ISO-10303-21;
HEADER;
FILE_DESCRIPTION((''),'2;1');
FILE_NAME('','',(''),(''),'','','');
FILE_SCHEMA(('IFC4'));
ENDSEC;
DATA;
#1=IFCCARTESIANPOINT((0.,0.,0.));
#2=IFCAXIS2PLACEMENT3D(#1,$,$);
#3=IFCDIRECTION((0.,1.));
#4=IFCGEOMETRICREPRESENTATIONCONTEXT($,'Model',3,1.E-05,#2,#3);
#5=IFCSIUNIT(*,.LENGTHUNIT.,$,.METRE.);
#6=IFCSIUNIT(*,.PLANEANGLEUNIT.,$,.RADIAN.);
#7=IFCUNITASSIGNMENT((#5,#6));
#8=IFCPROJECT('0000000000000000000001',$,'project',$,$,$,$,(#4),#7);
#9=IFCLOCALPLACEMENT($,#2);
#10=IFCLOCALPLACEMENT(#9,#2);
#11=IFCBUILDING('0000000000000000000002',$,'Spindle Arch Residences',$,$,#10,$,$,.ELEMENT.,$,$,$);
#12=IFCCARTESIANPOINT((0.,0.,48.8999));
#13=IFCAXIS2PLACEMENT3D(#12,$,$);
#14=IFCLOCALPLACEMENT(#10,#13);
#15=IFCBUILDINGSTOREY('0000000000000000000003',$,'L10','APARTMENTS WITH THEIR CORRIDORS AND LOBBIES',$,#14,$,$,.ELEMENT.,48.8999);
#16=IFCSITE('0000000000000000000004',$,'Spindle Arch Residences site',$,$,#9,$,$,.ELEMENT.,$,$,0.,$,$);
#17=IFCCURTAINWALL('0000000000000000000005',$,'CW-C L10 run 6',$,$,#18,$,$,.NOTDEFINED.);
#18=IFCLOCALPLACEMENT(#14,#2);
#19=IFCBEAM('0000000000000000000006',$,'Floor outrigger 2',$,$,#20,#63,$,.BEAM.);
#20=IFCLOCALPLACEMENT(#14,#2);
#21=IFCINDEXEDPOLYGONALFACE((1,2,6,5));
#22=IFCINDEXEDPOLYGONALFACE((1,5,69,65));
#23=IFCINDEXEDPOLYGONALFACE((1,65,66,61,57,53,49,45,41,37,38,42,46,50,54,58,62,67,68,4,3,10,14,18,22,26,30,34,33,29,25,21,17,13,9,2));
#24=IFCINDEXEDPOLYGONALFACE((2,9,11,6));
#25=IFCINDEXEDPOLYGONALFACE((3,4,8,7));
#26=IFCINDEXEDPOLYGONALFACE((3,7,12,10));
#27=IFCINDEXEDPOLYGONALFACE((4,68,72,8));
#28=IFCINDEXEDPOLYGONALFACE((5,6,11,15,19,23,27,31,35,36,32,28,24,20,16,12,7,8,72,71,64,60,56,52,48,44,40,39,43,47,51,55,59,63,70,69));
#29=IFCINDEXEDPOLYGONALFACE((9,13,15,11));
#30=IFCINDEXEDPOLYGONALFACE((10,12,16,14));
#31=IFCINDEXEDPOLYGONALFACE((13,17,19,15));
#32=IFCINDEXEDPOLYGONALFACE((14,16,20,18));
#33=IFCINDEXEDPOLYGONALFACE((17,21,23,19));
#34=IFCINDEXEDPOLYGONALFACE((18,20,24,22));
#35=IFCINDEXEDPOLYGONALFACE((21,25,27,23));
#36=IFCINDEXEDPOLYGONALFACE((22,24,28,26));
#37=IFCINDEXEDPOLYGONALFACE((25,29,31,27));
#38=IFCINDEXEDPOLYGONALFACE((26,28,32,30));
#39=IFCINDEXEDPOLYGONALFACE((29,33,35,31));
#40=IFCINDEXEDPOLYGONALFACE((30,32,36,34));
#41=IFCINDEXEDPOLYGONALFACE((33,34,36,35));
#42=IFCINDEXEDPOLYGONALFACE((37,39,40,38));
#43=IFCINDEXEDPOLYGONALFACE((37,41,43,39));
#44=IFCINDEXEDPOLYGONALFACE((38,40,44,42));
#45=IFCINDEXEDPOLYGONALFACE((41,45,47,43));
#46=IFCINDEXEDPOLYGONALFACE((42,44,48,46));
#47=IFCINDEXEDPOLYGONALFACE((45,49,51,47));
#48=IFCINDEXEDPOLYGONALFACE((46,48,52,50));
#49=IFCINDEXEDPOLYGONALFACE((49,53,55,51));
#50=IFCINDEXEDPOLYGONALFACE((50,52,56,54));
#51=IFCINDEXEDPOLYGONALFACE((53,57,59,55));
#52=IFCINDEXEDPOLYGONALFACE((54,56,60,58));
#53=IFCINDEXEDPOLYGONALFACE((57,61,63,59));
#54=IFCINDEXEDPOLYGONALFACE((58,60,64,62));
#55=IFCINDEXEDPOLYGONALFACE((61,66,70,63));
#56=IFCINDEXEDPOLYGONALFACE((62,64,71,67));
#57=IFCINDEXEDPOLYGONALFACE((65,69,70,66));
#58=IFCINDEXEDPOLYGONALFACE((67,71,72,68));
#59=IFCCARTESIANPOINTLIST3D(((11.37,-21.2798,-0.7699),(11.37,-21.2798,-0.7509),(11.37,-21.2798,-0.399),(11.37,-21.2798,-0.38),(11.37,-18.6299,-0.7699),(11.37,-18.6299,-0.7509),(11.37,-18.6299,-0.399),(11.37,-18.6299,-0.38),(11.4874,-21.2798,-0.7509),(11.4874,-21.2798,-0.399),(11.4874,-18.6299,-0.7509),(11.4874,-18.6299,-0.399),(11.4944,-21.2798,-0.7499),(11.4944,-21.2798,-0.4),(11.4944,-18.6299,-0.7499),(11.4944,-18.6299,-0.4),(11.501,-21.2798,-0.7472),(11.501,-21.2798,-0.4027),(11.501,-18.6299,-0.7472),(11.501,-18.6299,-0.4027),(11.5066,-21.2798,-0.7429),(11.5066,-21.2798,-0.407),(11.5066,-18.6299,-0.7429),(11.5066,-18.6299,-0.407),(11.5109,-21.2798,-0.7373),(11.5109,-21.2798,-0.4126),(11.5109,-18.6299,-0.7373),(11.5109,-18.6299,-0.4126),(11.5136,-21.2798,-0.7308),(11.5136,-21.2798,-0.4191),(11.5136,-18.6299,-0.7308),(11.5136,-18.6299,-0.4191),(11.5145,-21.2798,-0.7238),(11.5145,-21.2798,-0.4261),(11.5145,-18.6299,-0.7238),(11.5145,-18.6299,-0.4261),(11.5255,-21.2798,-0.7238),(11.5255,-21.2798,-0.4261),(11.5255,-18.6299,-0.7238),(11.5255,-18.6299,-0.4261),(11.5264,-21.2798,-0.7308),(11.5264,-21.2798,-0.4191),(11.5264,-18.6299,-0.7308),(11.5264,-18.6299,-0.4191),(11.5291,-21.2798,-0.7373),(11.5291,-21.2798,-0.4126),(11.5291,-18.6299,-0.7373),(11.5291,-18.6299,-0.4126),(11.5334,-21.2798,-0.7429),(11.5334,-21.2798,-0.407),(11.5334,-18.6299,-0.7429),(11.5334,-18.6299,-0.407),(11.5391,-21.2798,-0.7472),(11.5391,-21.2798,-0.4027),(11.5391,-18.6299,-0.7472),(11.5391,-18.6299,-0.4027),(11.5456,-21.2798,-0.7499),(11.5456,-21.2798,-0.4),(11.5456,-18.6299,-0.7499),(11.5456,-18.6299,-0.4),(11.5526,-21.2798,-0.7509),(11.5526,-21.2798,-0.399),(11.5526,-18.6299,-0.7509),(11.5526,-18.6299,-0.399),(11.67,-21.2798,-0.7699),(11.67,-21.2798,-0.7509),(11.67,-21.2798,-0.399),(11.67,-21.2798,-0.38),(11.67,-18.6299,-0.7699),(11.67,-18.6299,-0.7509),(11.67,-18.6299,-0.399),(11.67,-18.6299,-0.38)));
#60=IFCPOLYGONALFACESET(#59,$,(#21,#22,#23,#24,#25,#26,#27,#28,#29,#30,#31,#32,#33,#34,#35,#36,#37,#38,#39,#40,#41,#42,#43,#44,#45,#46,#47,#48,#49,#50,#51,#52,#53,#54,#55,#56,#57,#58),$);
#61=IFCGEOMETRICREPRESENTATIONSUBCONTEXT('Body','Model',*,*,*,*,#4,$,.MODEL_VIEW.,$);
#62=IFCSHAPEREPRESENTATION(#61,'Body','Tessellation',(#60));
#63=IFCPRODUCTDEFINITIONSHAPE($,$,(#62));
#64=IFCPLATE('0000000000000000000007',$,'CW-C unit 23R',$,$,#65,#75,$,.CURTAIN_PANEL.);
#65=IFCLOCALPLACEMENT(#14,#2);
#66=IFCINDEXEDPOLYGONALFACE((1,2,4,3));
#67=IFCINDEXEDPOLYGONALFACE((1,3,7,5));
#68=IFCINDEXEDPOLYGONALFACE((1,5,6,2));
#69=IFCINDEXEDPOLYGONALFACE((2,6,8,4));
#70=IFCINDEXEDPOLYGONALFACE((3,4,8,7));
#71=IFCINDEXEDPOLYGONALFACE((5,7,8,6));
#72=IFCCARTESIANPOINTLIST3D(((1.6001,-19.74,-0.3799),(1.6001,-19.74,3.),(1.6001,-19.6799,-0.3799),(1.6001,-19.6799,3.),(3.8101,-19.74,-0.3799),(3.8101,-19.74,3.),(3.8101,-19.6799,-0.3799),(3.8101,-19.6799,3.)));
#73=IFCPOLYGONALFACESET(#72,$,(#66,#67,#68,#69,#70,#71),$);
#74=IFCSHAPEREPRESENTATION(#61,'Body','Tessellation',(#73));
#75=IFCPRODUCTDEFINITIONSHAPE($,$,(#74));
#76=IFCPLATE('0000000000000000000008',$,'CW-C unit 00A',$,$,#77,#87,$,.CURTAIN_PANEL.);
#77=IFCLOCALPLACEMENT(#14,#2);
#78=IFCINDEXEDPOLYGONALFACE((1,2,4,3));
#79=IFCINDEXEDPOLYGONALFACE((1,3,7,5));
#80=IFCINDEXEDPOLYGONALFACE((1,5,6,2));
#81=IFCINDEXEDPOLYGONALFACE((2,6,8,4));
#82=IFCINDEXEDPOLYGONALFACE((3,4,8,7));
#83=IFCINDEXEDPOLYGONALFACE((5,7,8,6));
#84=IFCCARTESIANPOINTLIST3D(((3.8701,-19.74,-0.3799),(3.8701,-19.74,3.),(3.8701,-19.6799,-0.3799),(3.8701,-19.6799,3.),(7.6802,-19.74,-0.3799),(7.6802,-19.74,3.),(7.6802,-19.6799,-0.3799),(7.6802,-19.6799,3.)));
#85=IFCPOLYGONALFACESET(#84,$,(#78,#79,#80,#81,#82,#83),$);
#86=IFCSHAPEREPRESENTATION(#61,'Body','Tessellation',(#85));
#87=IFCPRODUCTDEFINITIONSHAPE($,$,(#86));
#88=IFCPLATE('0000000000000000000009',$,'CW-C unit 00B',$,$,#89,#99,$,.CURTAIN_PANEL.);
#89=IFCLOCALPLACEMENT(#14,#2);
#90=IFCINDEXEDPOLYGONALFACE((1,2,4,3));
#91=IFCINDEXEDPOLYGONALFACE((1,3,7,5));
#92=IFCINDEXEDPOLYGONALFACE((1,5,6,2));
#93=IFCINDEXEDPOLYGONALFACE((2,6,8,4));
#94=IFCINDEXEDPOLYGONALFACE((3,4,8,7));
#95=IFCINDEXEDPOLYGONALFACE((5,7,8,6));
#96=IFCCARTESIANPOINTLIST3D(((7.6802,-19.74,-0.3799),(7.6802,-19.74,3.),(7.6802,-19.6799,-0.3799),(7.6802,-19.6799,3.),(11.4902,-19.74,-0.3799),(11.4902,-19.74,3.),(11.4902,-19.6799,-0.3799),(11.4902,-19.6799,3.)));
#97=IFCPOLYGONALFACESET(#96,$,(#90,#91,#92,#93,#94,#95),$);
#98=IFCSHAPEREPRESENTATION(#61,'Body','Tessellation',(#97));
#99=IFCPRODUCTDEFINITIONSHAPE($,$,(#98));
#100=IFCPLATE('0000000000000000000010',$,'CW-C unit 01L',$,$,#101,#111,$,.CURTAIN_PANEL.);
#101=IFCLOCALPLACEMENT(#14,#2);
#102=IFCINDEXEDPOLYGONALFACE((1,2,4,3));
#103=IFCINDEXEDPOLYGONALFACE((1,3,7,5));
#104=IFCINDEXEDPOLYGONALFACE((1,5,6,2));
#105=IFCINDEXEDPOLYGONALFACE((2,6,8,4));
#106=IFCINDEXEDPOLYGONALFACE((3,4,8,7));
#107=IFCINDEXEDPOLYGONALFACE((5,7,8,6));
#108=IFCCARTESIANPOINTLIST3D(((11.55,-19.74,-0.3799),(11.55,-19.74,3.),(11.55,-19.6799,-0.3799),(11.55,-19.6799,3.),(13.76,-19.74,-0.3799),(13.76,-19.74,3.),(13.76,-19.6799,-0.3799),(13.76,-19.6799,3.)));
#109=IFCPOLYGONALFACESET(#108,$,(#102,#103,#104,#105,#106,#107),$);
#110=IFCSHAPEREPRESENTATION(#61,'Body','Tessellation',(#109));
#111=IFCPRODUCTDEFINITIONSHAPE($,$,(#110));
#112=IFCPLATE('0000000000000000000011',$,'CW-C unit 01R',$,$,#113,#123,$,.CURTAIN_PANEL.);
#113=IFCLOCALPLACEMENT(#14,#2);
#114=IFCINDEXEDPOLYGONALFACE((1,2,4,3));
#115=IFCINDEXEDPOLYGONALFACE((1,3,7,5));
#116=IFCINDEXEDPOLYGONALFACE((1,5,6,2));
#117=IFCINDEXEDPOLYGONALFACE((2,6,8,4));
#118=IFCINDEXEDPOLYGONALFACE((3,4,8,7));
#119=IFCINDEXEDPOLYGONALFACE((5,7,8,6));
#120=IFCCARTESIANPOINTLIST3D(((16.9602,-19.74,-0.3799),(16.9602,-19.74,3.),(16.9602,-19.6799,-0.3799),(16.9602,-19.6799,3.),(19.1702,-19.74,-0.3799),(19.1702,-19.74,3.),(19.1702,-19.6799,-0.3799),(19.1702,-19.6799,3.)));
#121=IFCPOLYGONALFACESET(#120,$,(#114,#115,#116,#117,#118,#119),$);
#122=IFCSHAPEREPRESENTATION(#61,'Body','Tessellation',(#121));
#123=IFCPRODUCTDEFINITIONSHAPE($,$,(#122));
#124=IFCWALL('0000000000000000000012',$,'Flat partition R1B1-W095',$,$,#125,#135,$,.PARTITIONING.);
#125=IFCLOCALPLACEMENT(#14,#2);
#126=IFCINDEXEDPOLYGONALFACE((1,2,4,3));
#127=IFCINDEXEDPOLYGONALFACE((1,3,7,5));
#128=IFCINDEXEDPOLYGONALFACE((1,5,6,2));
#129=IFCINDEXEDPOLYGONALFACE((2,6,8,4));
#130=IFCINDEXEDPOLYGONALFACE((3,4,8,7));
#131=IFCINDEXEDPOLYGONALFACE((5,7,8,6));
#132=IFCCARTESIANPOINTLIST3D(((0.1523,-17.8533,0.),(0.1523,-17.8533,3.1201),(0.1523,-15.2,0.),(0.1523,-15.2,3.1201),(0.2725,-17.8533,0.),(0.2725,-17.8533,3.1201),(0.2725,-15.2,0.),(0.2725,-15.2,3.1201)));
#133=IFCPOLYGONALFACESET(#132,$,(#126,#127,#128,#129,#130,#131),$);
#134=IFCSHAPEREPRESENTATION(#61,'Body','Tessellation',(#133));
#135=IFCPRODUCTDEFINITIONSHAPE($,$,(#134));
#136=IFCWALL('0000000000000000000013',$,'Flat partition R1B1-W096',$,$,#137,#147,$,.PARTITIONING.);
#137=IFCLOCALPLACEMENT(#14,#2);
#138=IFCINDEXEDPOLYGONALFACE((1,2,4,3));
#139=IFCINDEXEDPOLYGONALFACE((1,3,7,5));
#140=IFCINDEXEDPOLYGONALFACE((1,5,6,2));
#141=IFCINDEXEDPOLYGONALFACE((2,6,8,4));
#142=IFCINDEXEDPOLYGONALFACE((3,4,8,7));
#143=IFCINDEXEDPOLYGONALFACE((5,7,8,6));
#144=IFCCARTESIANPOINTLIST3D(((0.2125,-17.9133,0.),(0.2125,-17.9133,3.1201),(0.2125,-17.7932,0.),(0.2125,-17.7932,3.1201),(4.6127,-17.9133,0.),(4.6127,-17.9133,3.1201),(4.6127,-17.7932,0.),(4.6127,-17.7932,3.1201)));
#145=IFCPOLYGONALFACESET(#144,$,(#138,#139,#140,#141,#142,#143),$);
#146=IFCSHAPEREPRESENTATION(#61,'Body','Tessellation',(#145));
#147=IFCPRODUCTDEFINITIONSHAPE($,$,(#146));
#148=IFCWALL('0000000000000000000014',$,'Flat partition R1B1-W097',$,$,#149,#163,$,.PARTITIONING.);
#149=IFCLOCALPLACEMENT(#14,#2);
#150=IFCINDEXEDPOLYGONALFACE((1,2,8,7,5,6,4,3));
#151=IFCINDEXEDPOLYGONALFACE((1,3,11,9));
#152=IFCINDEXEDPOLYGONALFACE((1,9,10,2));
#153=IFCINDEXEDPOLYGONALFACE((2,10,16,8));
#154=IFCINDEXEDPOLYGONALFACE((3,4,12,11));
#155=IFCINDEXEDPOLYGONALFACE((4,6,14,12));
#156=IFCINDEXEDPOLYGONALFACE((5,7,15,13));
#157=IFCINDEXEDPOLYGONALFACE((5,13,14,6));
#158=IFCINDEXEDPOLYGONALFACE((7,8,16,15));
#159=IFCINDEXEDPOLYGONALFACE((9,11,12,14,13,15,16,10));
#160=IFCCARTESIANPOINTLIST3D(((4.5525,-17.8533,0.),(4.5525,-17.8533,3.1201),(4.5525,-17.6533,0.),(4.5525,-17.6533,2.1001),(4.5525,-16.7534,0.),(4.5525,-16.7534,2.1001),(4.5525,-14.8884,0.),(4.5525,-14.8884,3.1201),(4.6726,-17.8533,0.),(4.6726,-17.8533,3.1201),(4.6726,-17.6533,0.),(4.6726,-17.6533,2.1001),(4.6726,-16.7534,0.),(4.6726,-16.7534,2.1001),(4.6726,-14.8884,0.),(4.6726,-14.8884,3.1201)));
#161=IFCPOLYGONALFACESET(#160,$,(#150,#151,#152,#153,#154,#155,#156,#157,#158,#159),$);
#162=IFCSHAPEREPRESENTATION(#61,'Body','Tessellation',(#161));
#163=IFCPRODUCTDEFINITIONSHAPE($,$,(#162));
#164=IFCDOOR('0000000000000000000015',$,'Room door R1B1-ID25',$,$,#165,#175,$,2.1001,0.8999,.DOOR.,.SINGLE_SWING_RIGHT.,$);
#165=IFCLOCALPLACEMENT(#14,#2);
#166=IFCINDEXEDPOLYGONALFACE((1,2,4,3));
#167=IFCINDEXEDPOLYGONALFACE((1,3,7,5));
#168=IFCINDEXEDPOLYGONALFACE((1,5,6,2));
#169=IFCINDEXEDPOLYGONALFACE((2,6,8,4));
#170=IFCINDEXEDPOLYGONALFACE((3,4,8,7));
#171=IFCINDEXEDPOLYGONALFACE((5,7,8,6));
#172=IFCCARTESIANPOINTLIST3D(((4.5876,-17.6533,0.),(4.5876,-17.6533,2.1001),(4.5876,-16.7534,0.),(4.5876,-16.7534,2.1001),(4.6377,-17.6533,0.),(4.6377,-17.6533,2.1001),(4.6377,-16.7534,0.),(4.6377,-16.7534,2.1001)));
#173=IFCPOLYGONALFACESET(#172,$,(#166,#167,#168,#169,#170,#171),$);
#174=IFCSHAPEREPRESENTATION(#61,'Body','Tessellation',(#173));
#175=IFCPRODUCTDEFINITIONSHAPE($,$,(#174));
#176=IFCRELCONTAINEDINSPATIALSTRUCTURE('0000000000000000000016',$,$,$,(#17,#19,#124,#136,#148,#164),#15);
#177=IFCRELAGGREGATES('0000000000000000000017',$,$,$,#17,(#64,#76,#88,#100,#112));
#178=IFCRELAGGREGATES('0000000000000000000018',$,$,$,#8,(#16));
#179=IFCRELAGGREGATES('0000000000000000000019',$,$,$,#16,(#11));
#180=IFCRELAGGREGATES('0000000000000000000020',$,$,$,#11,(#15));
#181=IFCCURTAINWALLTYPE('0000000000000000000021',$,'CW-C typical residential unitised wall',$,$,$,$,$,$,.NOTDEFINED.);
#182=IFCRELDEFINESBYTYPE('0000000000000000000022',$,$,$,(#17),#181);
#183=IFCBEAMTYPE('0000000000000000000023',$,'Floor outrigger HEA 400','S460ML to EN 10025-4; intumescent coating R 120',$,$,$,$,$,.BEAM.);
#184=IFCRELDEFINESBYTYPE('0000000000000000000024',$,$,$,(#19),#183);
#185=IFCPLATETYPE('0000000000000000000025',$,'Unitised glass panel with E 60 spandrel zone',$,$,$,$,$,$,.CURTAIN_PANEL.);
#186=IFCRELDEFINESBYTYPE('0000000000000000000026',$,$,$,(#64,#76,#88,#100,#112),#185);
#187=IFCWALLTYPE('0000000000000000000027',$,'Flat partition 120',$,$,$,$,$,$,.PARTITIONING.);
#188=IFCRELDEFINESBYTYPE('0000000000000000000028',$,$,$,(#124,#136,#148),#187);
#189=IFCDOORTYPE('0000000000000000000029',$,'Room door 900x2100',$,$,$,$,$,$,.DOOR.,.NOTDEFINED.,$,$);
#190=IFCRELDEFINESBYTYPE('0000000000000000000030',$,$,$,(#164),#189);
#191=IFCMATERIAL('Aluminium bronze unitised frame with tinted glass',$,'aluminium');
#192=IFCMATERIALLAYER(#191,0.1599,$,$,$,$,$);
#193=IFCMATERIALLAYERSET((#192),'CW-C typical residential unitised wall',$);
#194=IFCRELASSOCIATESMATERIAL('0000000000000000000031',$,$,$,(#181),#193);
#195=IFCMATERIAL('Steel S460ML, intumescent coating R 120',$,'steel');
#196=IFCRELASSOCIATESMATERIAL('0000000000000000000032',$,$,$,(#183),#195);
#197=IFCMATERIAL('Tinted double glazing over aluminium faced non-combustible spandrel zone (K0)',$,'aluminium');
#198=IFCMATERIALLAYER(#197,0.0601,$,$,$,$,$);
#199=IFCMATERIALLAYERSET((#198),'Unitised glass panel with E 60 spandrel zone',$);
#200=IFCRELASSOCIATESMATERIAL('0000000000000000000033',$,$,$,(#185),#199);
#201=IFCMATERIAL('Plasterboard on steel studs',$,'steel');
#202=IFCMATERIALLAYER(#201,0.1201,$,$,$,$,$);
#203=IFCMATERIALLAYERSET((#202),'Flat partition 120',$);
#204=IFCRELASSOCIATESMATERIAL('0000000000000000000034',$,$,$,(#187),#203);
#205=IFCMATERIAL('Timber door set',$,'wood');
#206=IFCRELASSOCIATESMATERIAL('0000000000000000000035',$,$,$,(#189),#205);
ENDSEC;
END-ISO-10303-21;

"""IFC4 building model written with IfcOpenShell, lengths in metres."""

from ifc_helpers import new_model, si_unit, direction, frame, frame_2d, origin, origin_2d, place, context, subcontext, project, spatial, rectangle, i_section, extrude, material, layer, layer_set, material_profile, profile_set, type_object, element, fill, aggregate, save


model = new_model("IFC4")

# Units and contexts
model_context = context("Model", 3, precision=1e-05, world=origin(), true_north=direction((0.0, 1.0)))
body_context = subcontext(model_context, "Body", "Model", "MODEL_VIEW")
ifc_project = project(units=[si_unit("LENGTHUNIT", "METRE"), si_unit("PLANEANGLEUNIT", "RADIAN")], contexts=[model_context])

# Site, building, storey
site_placement = place(None, origin())
site = spatial("IfcSite", under=ifc_project, at=site_placement, Name="Spindle Arch Residences site", CompositionType="ELEMENT", RefElevation=0.0)
building_placement = place(site_placement, origin())
building = spatial("IfcBuilding", under=site, at=building_placement, Name="Spindle Arch Residences", CompositionType="ELEMENT")
storey_placement = place(building_placement, frame((0.0, 0.0, 48.8999)))
storey = spatial("IfcBuildingStorey", under=building, at=storey_placement, Name="L10", Description="APARTMENTS WITH THEIR CORRIDORS AND LOBBIES", CompositionType="ELEMENT", Elevation=48.8999)

# Curtain wall
ifc_material_1 = material(Name="Aluminium bronze unitised frame with tinted glass", Category="aluminium")
ifc_layer_1 = layer(ifc_material_1, 0.1599)
ifc_layer_set_1 = layer_set([ifc_layer_1], Name="CW-C typical residential unitised wall")
curtain_wall_type = type_object("IfcCurtainWallType", Name="CW-C typical residential unitised wall", PredefinedType="NOTDEFINED", material=ifc_layer_set_1)
curtain_wall_placement = place(storey_placement, origin())
curtain_wall = element("IfcCurtainWall", 1, at=curtain_wall_placement, inside=storey, type_object=curtain_wall_type, Name="CW-C L10 run 6", PredefinedType="NOTDEFINED")

# Beam
ifc_material_2 = material(Name="Steel S460ML, intumescent coating R 120", Category="steel")
ifc_material_profile_1 = material_profile(ifc_material_2, i_section(OverallWidth=0.3, OverallDepth=0.3899, WebThickness=0.011, FlangeThickness=0.019, FilletRadius=0.0271, at=origin_2d()), Name="HEA 400")
ifc_profile_set_1 = profile_set([ifc_material_profile_1], Name="Steel S460ML, intumescent coating R 120")
beam_type_1 = type_object("IfcBeamType", Name="Floor outrigger HEA 400", Description="S460ML to EN 10025-4; intumescent coating R 120", PredefinedType="BEAM", material=ifc_profile_set_1)
for number, where, z_axis, x_axis, name in (
    (2, (11.52, -21.2798, -0.575), (0.0, 1.0, 0.0), (-1.0, 0.0, 0.0), "Floor outrigger 2"),
):
    element("IfcBeam", number, at=place(storey_placement, frame(where, z_axis=z_axis, x_axis=x_axis)), inside=storey, type_object=beam_type_1, Name=name, PredefinedType="BEAM", context=body_context, shape_type="SweptSolid", body=[
        extrude(i_section(OverallWidth=0.3, OverallDepth=0.3899, WebThickness=0.011, FlangeThickness=0.019, FilletRadius=0.0271, at=origin_2d()), origin(), (0.0, 0.0, 1.0), 2.6499),
    ])

# Plates
ifc_material_3 = material(Name="Tinted double glazing over aluminium faced non-combustible spandrel zone (K0)", Category="aluminium")
ifc_layer_2 = layer(ifc_material_3, 0.0601)
ifc_layer_set_2 = layer_set([ifc_layer_2], Name="Unitised glass panel with E 60 spandrel zone")
plate_type = type_object("IfcPlateType", Name="Unitised glass panel with E 60 spandrel zone", PredefinedType="CURTAIN_PANEL", material=ifc_layer_set_2)
plate_1_placement = place(storey_placement, frame((2.7051, -19.71, -0.3799), z_axis=(0.0, 0.0, 1.0), x_axis=(1.0, 0.0, 0.0)))
plate_1 = element("IfcPlate", 3, at=plate_1_placement, type_object=plate_type, Name="CW-C unit 23R", PredefinedType="CURTAIN_PANEL", context=body_context, shape_type="SweptSolid", body=[
    extrude(rectangle(XDim=2.21, YDim=0.0601, at=origin_2d()), origin(), (0.0, 0.0, 1.0), 3.3799),
])
plate_2_placement = place(storey_placement, frame((5.7751, -19.71, -0.3799), z_axis=(0.0, 0.0, 1.0), x_axis=(1.0, 0.0, 0.0)))
plate_2 = element("IfcPlate", 4, at=plate_2_placement, type_object=plate_type, Name="CW-C unit 00A", PredefinedType="CURTAIN_PANEL", context=body_context, shape_type="SweptSolid", body=[
    extrude(rectangle(XDim=3.8101, YDim=0.0601, at=origin_2d()), origin(), (0.0, 0.0, 1.0), 3.3799),
])
plate_3_placement = place(storey_placement, frame((9.5852, -19.71, -0.3799), z_axis=(0.0, 0.0, 1.0), x_axis=(1.0, 0.0, 0.0)))
plate_3 = element("IfcPlate", 5, at=plate_3_placement, type_object=plate_type, Name="CW-C unit 00B", PredefinedType="CURTAIN_PANEL", context=body_context, shape_type="SweptSolid", body=[
    extrude(rectangle(XDim=3.8101, YDim=0.0601, at=origin_2d()), origin(), (0.0, 0.0, 1.0), 3.3799),
])
plate_4_placement = place(storey_placement, frame((12.655, -19.71, -0.3799), z_axis=(0.0, 0.0, 1.0), x_axis=(1.0, 0.0, 0.0)))
plate_4 = element("IfcPlate", 6, at=plate_4_placement, type_object=plate_type, Name="CW-C unit 01L", PredefinedType="CURTAIN_PANEL", context=body_context, shape_type="SweptSolid", body=[
    extrude(rectangle(XDim=2.21, YDim=0.0601, at=origin_2d()), origin(), (0.0, 0.0, 1.0), 3.3799),
])
plate_5_placement = place(storey_placement, frame((18.0652, -19.71, -0.3799), z_axis=(0.0, 0.0, 1.0), x_axis=(1.0, 0.0, 0.0)))
plate_5 = element("IfcPlate", 7, at=plate_5_placement, type_object=plate_type, Name="CW-C unit 01R", PredefinedType="CURTAIN_PANEL", context=body_context, shape_type="SweptSolid", body=[
    extrude(rectangle(XDim=2.21, YDim=0.0601, at=origin_2d()), origin(), (0.0, 0.0, 1.0), 3.3799),
])
aggregate(curtain_wall, [plate_1, plate_2, plate_3, plate_4, plate_5])

# Walls
ifc_material_4 = material(Name="Plasterboard on steel studs", Category="steel")
ifc_layer_3 = layer(ifc_material_4, 0.1201)
ifc_layer_set_3 = layer_set([ifc_layer_3], Name="Flat partition 120")
wall_type_1 = type_object("IfcWallType", Name="Flat partition 120", PredefinedType="PARTITIONING", material=ifc_layer_set_3)
wall_1_placement = place(storey_placement, frame((0.2124, -15.2, 0.0), z_axis=(0.0, 0.0, 1.0), x_axis=(0.0, -1.0, 0.0)))
element("IfcWall", 8, at=wall_1_placement, inside=storey, type_object=wall_type_1, Name="Flat partition R1B1-W095", PredefinedType="PARTITIONING", context=body_context, shape_type="SweptSolid", body=[
    extrude(rectangle(XDim=2.6533, YDim=0.1201, at=frame_2d((1.3267, 0.0))), origin(), (0.0, 0.0, 1.0), 3.1201),
])
wall_2_placement = place(storey_placement, frame((0.2124, -17.8533, 0.0), z_axis=(0.0, 0.0, 1.0), x_axis=(1.0, 0.0, 0.0)))
element("IfcWall", 9, at=wall_2_placement, inside=storey, type_object=wall_type_1, Name="Flat partition R1B1-W096", PredefinedType="PARTITIONING", context=body_context, shape_type="SweptSolid", body=[
    extrude(rectangle(XDim=4.4001, YDim=0.1201, at=frame_2d((2.2002, 0.0))), origin(), (0.0, 0.0, 1.0), 3.1201),
])

# Wall, opening, door
wall_3_placement = place(storey_placement, frame((4.6125, -17.8533, 0.0), z_axis=(0.0, 0.0, 1.0), x_axis=(0.0, 1.0, 0.0)))
wall_3 = element("IfcWall", 10, at=wall_3_placement, inside=storey, type_object=wall_type_1, Name="Flat partition R1B1-W097", PredefinedType="PARTITIONING", context=body_context, shape_type="SweptSolid", body=[
    extrude(rectangle(XDim=2.9648, YDim=0.1201, at=frame_2d((1.4824, 0.0))), origin(), (0.0, 0.0, 1.0), 3.1201),
])
opening_1_placement = place(wall_3_placement, frame((0.2, 0.0, 0.0)))
opening_1 = element("IfcOpeningElement", 11, at=opening_1_placement, cuts=wall_3, PredefinedType="OPENING", context=body_context, shape_type="SweptSolid", body=[
    extrude(rectangle(XDim=0.8999, YDim=2.1001, at=frame_2d((0.45, 1.05))), frame((0.0, 0.0701, 0.0), z_axis=(0.0, -1.0, 0.0), x_axis=(1.0, 0.0, 0.0)), (0.0, 0.0, 1.0), 0.1401),
])
ifc_material_5 = material(Name="Timber door set", Category="wood")
door_type_1 = type_object("IfcDoorType", Name="Room door 900x2100", OperationType="NOTDEFINED", PredefinedType="DOOR", material=ifc_material_5)
door_1_placement = place(opening_1_placement, origin())
door_1 = element("IfcDoor", 12, at=door_1_placement, inside=storey, type_object=door_type_1, Name="Room door R1B1-ID25", OperationType="SINGLE_SWING_RIGHT", OverallHeight=2.1001, OverallWidth=0.8999, PredefinedType="DOOR", context=body_context, shape_type="SweptSolid", body=[
    extrude(rectangle(XDim=0.8999, YDim=2.1001, at=frame_2d((0.45, 1.05))), frame((0.0, 0.0249, 0.0), z_axis=(0.0, -1.0, 0.0), x_axis=(1.0, 0.0, 0.0)), (0.0, 0.0, 1.0), 0.05),
])
fill(opening_1, door_1)

save(model, "model.ifc")
